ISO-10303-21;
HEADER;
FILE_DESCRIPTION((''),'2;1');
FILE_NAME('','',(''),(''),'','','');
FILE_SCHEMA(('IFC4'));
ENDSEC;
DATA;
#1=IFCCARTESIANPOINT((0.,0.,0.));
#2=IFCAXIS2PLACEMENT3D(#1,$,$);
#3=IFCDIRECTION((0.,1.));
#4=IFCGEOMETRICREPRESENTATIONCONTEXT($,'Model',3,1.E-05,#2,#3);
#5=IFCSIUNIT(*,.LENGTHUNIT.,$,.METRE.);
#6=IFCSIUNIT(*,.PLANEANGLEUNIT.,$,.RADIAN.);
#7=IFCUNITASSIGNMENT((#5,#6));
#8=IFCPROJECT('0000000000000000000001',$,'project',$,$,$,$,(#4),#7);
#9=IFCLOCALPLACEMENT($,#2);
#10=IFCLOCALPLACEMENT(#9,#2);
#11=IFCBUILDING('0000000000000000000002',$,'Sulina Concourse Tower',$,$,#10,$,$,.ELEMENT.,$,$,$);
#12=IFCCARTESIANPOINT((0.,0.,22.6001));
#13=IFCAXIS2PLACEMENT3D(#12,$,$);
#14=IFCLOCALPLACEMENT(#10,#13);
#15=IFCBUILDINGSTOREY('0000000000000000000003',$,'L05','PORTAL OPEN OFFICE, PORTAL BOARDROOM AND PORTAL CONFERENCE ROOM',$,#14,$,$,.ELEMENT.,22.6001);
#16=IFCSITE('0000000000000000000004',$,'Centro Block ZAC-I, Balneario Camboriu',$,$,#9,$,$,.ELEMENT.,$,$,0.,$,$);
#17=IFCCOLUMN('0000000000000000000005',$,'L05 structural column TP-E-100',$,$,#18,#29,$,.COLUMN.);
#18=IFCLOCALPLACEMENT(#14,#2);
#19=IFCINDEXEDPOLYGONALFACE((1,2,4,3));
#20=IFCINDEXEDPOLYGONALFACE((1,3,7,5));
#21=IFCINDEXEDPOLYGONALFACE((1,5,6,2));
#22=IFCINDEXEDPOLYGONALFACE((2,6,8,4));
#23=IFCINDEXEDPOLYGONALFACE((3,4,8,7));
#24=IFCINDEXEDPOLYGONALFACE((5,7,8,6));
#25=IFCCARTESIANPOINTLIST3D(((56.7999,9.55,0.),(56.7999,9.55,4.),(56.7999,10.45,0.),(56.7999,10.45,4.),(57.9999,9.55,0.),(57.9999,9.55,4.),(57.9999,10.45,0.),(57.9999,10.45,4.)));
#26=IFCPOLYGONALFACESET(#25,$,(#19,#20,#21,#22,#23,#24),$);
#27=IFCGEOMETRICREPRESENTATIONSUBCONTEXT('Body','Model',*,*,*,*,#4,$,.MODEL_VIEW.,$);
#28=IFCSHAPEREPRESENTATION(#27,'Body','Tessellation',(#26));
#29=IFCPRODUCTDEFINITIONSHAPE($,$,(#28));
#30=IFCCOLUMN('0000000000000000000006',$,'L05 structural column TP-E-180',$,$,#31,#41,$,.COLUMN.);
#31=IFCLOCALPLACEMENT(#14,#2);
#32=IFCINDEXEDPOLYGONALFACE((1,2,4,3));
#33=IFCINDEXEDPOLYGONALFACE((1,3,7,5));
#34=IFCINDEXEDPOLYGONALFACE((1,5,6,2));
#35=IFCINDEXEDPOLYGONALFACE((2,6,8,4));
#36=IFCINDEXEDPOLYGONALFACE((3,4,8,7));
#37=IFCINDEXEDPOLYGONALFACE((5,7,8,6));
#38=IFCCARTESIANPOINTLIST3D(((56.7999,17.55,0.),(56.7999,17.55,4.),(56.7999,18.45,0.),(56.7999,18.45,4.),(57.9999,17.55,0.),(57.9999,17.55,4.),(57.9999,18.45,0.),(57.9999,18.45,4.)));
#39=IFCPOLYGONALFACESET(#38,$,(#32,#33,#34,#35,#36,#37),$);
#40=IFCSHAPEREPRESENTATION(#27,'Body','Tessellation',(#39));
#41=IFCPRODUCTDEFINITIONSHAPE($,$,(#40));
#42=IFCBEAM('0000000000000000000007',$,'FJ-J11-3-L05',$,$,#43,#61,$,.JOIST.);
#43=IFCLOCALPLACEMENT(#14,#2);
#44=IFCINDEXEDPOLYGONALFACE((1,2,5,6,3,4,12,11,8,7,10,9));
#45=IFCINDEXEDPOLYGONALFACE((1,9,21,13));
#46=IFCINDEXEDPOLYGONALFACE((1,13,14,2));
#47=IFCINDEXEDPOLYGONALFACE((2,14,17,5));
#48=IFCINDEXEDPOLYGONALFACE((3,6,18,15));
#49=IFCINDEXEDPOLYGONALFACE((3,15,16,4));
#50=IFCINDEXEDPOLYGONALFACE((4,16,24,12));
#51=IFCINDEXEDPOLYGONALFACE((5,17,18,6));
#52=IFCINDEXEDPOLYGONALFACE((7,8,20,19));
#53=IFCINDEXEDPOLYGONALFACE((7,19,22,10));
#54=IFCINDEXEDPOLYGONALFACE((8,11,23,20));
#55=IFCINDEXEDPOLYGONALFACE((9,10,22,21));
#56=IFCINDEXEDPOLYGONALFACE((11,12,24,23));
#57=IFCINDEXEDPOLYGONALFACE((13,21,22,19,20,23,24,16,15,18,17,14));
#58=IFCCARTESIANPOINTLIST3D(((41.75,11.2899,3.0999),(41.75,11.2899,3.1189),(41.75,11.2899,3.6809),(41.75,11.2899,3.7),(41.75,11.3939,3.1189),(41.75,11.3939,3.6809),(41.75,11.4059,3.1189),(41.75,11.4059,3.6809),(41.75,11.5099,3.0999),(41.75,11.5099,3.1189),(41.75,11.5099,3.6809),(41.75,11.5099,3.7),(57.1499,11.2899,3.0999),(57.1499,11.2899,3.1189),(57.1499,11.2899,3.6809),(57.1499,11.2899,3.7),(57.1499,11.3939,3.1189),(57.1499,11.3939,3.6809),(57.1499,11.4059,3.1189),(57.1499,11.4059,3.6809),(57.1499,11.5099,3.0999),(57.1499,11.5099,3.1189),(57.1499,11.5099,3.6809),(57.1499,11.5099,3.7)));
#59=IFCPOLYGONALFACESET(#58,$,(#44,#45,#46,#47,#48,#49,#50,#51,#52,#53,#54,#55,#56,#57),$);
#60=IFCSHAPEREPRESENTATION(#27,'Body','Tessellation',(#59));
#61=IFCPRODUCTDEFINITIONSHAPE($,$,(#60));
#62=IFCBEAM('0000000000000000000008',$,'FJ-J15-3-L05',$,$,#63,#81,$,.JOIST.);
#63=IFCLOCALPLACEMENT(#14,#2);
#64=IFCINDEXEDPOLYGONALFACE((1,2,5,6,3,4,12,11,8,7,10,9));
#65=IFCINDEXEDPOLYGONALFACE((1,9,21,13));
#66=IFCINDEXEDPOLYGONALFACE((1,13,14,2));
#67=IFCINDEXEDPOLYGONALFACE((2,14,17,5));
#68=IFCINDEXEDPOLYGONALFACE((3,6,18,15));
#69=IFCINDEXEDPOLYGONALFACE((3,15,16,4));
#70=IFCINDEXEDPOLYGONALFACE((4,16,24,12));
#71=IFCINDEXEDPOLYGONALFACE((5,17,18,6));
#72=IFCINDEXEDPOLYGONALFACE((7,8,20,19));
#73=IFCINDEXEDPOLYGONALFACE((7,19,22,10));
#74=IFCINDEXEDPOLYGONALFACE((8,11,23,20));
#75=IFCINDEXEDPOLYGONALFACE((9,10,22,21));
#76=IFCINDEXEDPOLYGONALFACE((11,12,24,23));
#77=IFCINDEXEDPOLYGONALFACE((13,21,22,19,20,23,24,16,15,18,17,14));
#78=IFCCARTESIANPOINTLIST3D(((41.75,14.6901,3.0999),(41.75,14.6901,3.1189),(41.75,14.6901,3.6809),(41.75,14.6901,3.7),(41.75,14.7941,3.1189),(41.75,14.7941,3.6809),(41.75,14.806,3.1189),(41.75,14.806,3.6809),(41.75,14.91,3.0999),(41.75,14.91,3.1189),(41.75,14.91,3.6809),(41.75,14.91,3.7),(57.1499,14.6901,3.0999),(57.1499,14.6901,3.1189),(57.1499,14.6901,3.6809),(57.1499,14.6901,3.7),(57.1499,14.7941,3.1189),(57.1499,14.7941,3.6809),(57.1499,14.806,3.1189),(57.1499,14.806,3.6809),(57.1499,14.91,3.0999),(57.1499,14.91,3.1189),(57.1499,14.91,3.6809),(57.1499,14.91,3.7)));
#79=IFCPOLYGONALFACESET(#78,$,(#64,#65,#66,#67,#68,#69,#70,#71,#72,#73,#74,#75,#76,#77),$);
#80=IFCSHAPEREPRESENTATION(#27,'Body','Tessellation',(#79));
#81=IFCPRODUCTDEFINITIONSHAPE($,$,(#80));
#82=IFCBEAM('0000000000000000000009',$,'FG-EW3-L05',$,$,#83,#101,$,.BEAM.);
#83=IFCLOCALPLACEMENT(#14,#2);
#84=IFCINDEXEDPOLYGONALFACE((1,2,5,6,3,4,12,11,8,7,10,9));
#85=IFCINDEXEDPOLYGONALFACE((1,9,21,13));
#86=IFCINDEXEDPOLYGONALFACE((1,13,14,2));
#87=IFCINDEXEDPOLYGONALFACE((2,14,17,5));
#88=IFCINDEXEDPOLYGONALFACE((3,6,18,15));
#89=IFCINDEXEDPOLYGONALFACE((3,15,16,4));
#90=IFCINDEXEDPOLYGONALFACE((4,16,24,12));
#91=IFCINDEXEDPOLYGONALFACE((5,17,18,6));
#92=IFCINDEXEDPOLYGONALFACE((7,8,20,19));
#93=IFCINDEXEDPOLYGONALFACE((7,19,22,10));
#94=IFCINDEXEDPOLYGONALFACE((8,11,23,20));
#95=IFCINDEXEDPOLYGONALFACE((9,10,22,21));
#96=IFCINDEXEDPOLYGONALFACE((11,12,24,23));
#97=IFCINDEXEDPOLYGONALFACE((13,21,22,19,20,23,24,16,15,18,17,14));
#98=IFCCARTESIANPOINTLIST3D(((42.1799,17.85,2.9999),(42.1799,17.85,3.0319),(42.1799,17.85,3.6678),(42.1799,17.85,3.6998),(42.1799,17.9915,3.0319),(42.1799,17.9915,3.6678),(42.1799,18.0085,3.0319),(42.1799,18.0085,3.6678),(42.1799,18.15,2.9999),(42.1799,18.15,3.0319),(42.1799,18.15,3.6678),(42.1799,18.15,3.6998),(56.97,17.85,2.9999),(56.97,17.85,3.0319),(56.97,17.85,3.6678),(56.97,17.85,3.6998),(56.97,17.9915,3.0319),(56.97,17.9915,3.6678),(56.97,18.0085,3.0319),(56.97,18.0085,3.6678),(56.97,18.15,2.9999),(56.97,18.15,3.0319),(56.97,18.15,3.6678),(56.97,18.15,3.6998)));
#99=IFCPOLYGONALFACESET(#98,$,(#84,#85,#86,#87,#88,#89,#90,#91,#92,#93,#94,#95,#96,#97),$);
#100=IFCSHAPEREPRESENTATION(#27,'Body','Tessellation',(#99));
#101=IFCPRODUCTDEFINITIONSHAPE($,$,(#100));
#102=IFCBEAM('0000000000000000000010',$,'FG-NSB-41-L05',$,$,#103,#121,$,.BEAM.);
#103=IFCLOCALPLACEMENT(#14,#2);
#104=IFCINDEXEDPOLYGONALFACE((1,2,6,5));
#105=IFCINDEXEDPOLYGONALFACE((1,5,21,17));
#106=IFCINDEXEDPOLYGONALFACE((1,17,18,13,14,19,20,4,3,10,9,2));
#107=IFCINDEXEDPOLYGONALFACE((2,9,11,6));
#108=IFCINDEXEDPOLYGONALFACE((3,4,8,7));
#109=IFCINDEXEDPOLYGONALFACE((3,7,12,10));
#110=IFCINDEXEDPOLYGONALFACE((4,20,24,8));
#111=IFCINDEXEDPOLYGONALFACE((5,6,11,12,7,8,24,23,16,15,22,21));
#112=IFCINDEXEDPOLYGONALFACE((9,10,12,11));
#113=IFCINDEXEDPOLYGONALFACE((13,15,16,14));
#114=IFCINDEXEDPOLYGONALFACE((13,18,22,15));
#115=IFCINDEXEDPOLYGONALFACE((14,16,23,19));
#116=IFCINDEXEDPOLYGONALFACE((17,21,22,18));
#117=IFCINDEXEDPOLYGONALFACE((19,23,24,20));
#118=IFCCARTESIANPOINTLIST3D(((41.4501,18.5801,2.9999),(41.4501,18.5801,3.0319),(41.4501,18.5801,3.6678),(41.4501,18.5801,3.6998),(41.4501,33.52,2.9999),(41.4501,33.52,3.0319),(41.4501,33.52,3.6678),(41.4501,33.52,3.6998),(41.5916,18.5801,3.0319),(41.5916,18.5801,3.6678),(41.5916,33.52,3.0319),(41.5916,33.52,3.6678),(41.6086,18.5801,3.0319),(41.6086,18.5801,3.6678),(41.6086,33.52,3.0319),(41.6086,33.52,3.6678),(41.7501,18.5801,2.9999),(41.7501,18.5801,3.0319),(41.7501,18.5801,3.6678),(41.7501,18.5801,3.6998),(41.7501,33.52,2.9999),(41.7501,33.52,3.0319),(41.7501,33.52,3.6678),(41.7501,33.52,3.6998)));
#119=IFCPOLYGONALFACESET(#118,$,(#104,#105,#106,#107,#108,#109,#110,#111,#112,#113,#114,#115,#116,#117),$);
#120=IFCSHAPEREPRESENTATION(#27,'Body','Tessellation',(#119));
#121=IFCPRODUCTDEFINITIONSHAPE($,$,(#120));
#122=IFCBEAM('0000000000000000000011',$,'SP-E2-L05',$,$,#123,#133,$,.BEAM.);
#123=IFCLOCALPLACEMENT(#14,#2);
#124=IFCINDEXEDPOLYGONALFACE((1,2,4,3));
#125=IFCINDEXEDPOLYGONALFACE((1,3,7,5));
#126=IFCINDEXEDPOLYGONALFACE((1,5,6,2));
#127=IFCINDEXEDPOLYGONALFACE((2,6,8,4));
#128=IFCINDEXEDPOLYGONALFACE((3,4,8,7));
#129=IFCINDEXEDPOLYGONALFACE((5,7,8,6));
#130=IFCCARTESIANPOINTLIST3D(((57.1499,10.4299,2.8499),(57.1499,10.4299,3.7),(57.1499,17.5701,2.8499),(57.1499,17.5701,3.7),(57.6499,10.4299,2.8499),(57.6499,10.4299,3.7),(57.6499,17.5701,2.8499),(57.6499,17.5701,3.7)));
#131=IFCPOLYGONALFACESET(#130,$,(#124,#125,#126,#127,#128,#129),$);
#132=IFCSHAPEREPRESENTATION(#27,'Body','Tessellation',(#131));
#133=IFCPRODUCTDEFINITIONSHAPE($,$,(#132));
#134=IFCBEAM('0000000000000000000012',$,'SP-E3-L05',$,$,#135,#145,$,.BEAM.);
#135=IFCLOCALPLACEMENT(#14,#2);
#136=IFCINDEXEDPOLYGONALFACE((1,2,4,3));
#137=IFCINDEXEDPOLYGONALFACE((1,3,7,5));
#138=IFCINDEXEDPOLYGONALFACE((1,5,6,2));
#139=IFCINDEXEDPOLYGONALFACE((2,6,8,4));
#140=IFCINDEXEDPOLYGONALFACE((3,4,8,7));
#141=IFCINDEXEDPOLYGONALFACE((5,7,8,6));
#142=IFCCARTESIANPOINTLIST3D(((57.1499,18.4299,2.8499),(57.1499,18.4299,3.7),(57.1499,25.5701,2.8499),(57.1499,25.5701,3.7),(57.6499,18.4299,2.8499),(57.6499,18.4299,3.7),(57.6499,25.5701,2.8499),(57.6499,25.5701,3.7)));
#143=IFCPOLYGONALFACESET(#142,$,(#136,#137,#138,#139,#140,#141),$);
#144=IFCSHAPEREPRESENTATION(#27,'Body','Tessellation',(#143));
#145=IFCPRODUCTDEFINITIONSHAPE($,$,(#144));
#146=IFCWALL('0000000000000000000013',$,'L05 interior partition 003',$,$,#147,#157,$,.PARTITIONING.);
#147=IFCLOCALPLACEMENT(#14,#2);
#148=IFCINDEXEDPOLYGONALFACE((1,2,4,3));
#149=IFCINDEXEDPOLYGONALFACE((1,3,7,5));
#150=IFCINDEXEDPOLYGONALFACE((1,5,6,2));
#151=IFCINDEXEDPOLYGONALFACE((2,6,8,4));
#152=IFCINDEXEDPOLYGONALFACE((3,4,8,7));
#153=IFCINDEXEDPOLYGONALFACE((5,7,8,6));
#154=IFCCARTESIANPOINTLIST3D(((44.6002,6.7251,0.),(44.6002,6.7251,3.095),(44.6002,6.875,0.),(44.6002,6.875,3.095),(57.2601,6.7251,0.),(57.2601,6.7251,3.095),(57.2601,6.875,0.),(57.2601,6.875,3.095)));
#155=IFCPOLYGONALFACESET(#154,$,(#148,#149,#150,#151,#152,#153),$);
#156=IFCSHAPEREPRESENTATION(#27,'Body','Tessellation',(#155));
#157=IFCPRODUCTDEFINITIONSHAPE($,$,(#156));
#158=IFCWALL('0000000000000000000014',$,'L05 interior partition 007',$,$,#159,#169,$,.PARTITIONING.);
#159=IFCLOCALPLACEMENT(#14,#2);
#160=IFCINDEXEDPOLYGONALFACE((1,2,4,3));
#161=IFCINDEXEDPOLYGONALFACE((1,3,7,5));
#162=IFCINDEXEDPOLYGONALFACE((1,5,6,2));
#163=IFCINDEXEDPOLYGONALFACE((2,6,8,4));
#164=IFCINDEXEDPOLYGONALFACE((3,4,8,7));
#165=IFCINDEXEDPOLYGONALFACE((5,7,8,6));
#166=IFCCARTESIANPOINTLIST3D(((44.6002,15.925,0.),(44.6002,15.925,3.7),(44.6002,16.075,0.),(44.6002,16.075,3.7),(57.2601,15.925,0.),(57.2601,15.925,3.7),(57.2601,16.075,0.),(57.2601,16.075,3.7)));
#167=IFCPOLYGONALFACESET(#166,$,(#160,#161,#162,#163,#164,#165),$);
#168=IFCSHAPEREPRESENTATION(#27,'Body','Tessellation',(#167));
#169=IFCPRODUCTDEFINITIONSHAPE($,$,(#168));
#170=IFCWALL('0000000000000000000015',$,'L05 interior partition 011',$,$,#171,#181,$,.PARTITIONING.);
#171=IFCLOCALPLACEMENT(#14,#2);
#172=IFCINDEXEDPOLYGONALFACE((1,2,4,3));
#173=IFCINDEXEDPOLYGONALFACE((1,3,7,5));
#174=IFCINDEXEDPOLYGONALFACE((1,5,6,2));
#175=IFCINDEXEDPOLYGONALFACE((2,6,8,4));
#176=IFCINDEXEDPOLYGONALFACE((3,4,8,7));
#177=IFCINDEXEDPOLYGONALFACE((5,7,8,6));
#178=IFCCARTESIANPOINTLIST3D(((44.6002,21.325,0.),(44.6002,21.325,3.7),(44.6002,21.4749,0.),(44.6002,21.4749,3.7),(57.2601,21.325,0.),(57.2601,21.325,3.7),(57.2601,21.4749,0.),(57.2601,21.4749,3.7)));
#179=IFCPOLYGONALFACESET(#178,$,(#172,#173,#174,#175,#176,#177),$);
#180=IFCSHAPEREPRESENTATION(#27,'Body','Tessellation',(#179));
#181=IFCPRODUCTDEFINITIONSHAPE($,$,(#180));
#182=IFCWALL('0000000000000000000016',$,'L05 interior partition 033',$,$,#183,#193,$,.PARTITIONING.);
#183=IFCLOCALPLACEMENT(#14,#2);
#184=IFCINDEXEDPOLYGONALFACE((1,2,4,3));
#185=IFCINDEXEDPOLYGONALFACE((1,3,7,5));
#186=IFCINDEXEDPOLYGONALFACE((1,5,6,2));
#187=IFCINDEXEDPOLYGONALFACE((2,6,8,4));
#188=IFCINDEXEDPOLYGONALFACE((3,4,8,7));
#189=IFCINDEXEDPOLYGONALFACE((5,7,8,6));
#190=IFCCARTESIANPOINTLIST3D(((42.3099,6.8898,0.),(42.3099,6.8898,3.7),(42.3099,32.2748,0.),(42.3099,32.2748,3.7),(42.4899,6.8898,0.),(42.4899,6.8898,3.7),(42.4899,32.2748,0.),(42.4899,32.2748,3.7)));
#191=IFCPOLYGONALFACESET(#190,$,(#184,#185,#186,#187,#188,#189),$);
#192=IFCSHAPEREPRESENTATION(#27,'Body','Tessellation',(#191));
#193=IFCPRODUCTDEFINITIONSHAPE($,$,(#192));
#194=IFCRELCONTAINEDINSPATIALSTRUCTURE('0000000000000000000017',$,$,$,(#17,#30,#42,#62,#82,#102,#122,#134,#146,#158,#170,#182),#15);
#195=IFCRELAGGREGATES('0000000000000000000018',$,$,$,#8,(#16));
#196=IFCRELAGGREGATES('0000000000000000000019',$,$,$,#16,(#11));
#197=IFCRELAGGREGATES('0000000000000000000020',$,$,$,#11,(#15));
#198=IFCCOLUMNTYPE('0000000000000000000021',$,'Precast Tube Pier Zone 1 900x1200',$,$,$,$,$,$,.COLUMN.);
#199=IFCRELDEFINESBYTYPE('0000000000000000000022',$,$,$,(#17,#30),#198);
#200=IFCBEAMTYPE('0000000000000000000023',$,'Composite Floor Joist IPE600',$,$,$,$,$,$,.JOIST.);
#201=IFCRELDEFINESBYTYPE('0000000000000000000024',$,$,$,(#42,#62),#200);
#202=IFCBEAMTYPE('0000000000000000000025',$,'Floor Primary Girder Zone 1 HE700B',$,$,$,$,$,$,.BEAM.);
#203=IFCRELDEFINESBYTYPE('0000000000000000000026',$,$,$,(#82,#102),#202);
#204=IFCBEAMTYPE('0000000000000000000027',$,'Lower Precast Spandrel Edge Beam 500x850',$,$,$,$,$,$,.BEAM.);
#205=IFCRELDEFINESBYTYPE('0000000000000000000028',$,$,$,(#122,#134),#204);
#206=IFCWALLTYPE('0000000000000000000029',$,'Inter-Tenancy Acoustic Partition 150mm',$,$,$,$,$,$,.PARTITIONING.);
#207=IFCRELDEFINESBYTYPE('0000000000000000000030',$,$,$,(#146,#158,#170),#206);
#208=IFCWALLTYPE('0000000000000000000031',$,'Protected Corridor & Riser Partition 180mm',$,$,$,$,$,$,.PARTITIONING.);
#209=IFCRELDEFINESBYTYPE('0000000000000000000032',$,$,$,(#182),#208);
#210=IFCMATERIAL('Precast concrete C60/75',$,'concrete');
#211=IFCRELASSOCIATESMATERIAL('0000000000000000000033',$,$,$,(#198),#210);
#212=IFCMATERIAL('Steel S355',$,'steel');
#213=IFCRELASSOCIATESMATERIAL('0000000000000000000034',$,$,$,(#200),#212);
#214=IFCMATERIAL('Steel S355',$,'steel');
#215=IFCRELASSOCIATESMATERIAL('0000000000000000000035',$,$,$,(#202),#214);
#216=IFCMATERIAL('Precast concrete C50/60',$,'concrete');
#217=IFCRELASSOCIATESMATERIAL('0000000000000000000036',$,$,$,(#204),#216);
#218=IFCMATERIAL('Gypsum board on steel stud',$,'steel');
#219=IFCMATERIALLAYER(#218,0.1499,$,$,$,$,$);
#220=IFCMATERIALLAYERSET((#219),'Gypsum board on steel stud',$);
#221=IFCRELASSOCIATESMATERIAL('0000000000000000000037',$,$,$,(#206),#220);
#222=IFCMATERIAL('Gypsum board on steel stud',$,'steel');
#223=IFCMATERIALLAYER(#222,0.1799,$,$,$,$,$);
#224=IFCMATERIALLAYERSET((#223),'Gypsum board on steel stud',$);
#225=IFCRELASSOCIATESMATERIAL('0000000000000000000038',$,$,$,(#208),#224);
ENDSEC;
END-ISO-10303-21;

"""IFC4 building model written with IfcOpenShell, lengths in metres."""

from ifc_helpers import new_model, si_unit, direction, frame, frame_2d, origin, origin_2d, place, context, subcontext, project, spatial, rectangle, i_section, extrude, material, layer, layer_set, material_profile, profile_set, type_object, element, save


model = new_model("IFC4")

# Units and contexts
model_context = context("Model", 3, precision=1e-05, world=origin(), true_north=direction((0.0, 1.0)))
body_context = subcontext(model_context, "Body", "Model", "MODEL_VIEW")
ifc_project = project(units=[si_unit("LENGTHUNIT", "METRE"), si_unit("PLANEANGLEUNIT", "RADIAN")], contexts=[model_context])

# Site, building, storey
site_placement = place(None, origin())
site = spatial("IfcSite", under=ifc_project, at=site_placement, Name="Centro Block ZAC-I, Balneario Camboriu", CompositionType="ELEMENT", RefElevation=0.0)
building_placement = place(site_placement, origin())
building = spatial("IfcBuilding", under=site, at=building_placement, Name="Sulina Concourse Tower", CompositionType="ELEMENT")
storey_placement = place(building_placement, frame((0.0, 0.0, 22.6001)))
storey = spatial("IfcBuildingStorey", under=building, at=storey_placement, Name="L05", Description="PORTAL OPEN OFFICE, PORTAL BOARDROOM AND PORTAL CONFERENCE ROOM", CompositionType="ELEMENT", Elevation=22.6001)

# Columns
ifc_material_1 = material(Name="Precast concrete C60/75", Category="concrete")
ifc_material_profile_1 = material_profile(ifc_material_1, rectangle(XDim=0.8999, YDim=1.2, at=origin_2d()), Name="PC 900x1200")
ifc_profile_set_1 = profile_set([ifc_material_profile_1], Name="Precast concrete C60/75")
column_type = type_object("IfcColumnType", Name="Precast Tube Pier Zone 1 900x1200", PredefinedType="COLUMN", material=ifc_profile_set_1)
for number, where, z_axis, x_axis, name in (
    (1, (57.3999, 10.0, 0.0), (0.0, 0.0, 1.0), (0.0, 1.0, 0.0), "L05 structural column TP-E-100"),
    (2, (57.3999, 18.0, 0.0), (0.0, 0.0, 1.0), (0.0, 1.0, 0.0), "L05 structural column TP-E-180"),
):
    element("IfcColumn", number, at=place(storey_placement, frame(where, z_axis=z_axis, x_axis=x_axis)), inside=storey, type_object=column_type, Name=name, PredefinedType="COLUMN", context=body_context, shape_type="SweptSolid", body=[
        extrude(rectangle(XDim=0.8999, YDim=1.2, at=origin_2d()), origin(), (0.0, 0.0, 1.0), 4.0),
    ])

# Beams
ifc_material_2 = material(Name="Steel S355", Category="steel")
ifc_material_profile_2 = material_profile(ifc_material_2, i_section(OverallWidth=0.22, OverallDepth=0.6001, WebThickness=0.012, FlangeThickness=0.019, at=origin_2d()), Name="IPE 600")
ifc_profile_set_2 = profile_set([ifc_material_profile_2], Name="Steel S355")
beam_type_1 = type_object("IfcBeamType", Name="Composite Floor Joist IPE600", PredefinedType="JOIST", material=ifc_profile_set_2)
for number, where, z_axis, x_axis, name in (
    (3, (41.75, 11.3999, 3.3999), (1.0, 0.0, 0.0), (0.0, 1.0, 0.0), "FJ-J11-3-L05"),
    (4, (41.75, 14.8, 3.3999), (1.0, 0.0, 0.0), (0.0, 1.0, 0.0), "FJ-J15-3-L05"),
):
    element("IfcBeam", number, at=place(storey_placement, frame(where, z_axis=z_axis, x_axis=x_axis)), inside=storey, type_object=beam_type_1, Name=name, PredefinedType="JOIST", context=body_context, shape_type="SweptSolid", body=[
        extrude(i_section(OverallWidth=0.22, OverallDepth=0.6001, WebThickness=0.012, FlangeThickness=0.019, at=origin_2d()), origin(), (0.0, 0.0, 1.0), 15.3999),
    ])
ifc_material_3 = material(Name="Steel S355", Category="steel")
ifc_material_profile_3 = material_profile(ifc_material_3, i_section(OverallWidth=0.3, OverallDepth=0.7, WebThickness=0.0171, FlangeThickness=0.032, at=origin_2d()), Name="HE 700 B")
ifc_profile_set_3 = profile_set([ifc_material_profile_3], Name="Steel S355")
beam_type_2 = type_object("IfcBeamType", Name="Floor Primary Girder Zone 1 HE700B", PredefinedType="BEAM", material=ifc_profile_set_3)
beam_1_placement = place(storey_placement, frame((42.1799, 18.0, 3.3499), z_axis=(1.0, 0.0, 0.0), x_axis=(0.0, 1.0, 0.0)))
element("IfcBeam", 5, at=beam_1_placement, inside=storey, type_object=beam_type_2, Name="FG-EW3-L05", PredefinedType="BEAM", context=body_context, shape_type="SweptSolid", body=[
    extrude(i_section(OverallWidth=0.3, OverallDepth=0.7, WebThickness=0.0171, FlangeThickness=0.032, at=origin_2d()), origin(), (0.0, 0.0, 1.0), 14.79),
])
beam_2_placement = place(storey_placement, frame((41.6001, 18.5801, 3.3499), z_axis=(0.0, 1.0, 0.0), x_axis=(-1.0, 0.0, 0.0)))
element("IfcBeam", 6, at=beam_2_placement, inside=storey, type_object=beam_type_2, Name="FG-NSB-41-L05", PredefinedType="BEAM", context=body_context, shape_type="SweptSolid", body=[
    extrude(i_section(OverallWidth=0.3, OverallDepth=0.7, WebThickness=0.0171, FlangeThickness=0.032, at=origin_2d()), origin(), (0.0, 0.0, 1.0), 14.9399),
])
ifc_material_4 = material(Name="Precast concrete C50/60", Category="concrete")
ifc_material_profile_4 = material_profile(ifc_material_4, rectangle(XDim=0.5, YDim=0.8501, at=origin_2d()), Name="RC 500x850")
ifc_profile_set_4 = profile_set([ifc_material_profile_4], Name="Precast concrete C50/60")
beam_type_3 = type_object("IfcBeamType", Name="Lower Precast Spandrel Edge Beam 500x850", PredefinedType="BEAM", material=ifc_profile_set_4)
for number, where, z_axis, x_axis, name in (
    (7, (57.3999, 10.4299, 3.2749), (0.0, 1.0, 0.0), (-1.0, 0.0, 0.0), "SP-E2-L05"),
    (8, (57.3999, 18.4299, 3.2749), (0.0, 1.0, 0.0), (-1.0, 0.0, 0.0), "SP-E3-L05"),
):
    element("IfcBeam", number, at=place(storey_placement, frame(where, z_axis=z_axis, x_axis=x_axis)), inside=storey, type_object=beam_type_3, Name=name, PredefinedType="BEAM", context=body_context, shape_type="SweptSolid", body=[
        extrude(rectangle(XDim=0.5, YDim=0.8501, at=origin_2d()), origin(), (0.0, 0.0, 1.0), 7.1401),
    ])

# Walls
ifc_material_5 = material(Name="Gypsum board on steel stud", Category="steel")
ifc_layer_1 = layer(ifc_material_5, 0.1499)
ifc_layer_set_1 = layer_set([ifc_layer_1], Name="Gypsum board on steel stud")
wall_type_1 = type_object("IfcWallType", Name="Inter-Tenancy Acoustic Partition 150mm", PredefinedType="PARTITIONING", material=ifc_layer_set_1)
wall_1_placement = place(storey_placement, frame((44.6001, 6.8, 0.0), z_axis=(0.0, 0.0, 1.0), x_axis=(1.0, 0.0, 0.0)))
element("IfcWall", 9, at=wall_1_placement, inside=storey, type_object=wall_type_1, Name="L05 interior partition 003", PredefinedType="PARTITIONING", context=body_context, shape_type="SweptSolid", body=[
    extrude(rectangle(XDim=12.6599, YDim=0.1499, at=frame_2d((6.3301, 0.0))), origin(), (0.0, 0.0, 1.0), 3.095),
])
for number, where, z_axis, x_axis, name in (
    (10, (44.6001, 16.0, 0.0), (0.0, 0.0, 1.0), (1.0, 0.0, 0.0), "L05 interior partition 007"),
    (11, (44.6001, 21.3999, 0.0), (0.0, 0.0, 1.0), (1.0, 0.0, 0.0), "L05 interior partition 011"),
):
    element("IfcWall", number, at=place(storey_placement, frame(where, z_axis=z_axis, x_axis=x_axis)), inside=storey, type_object=wall_type_1, Name=name, PredefinedType="PARTITIONING", context=body_context, shape_type="SweptSolid", body=[
        extrude(rectangle(XDim=12.6599, YDim=0.1499, at=frame_2d((6.3301, 0.0))), origin(), (0.0, 0.0, 1.0), 3.7),
    ])
ifc_material_6 = material(Name="Gypsum board on steel stud", Category="steel")
ifc_layer_2 = layer(ifc_material_6, 0.1799)
ifc_layer_set_2 = layer_set([ifc_layer_2], Name="Gypsum board on steel stud")
wall_type_2 = type_object("IfcWallType", Name="Protected Corridor & Riser Partition 180mm", PredefinedType="PARTITIONING", material=ifc_layer_set_2)
wall_2_placement = place(storey_placement, frame((42.3999, 6.8899, 0.0), z_axis=(0.0, 0.0, 1.0), x_axis=(0.0, 1.0, 0.0)))
element("IfcWall", 12, at=wall_2_placement, inside=storey, type_object=wall_type_2, Name="L05 interior partition 033", PredefinedType="PARTITIONING", context=body_context, shape_type="SweptSolid", body=[
    extrude(rectangle(XDim=25.385, YDim=0.1799, at=frame_2d((12.6924, 0.0))), origin(), (0.0, 0.0, 1.0), 3.7),
])

save(model, "model.ifc")
